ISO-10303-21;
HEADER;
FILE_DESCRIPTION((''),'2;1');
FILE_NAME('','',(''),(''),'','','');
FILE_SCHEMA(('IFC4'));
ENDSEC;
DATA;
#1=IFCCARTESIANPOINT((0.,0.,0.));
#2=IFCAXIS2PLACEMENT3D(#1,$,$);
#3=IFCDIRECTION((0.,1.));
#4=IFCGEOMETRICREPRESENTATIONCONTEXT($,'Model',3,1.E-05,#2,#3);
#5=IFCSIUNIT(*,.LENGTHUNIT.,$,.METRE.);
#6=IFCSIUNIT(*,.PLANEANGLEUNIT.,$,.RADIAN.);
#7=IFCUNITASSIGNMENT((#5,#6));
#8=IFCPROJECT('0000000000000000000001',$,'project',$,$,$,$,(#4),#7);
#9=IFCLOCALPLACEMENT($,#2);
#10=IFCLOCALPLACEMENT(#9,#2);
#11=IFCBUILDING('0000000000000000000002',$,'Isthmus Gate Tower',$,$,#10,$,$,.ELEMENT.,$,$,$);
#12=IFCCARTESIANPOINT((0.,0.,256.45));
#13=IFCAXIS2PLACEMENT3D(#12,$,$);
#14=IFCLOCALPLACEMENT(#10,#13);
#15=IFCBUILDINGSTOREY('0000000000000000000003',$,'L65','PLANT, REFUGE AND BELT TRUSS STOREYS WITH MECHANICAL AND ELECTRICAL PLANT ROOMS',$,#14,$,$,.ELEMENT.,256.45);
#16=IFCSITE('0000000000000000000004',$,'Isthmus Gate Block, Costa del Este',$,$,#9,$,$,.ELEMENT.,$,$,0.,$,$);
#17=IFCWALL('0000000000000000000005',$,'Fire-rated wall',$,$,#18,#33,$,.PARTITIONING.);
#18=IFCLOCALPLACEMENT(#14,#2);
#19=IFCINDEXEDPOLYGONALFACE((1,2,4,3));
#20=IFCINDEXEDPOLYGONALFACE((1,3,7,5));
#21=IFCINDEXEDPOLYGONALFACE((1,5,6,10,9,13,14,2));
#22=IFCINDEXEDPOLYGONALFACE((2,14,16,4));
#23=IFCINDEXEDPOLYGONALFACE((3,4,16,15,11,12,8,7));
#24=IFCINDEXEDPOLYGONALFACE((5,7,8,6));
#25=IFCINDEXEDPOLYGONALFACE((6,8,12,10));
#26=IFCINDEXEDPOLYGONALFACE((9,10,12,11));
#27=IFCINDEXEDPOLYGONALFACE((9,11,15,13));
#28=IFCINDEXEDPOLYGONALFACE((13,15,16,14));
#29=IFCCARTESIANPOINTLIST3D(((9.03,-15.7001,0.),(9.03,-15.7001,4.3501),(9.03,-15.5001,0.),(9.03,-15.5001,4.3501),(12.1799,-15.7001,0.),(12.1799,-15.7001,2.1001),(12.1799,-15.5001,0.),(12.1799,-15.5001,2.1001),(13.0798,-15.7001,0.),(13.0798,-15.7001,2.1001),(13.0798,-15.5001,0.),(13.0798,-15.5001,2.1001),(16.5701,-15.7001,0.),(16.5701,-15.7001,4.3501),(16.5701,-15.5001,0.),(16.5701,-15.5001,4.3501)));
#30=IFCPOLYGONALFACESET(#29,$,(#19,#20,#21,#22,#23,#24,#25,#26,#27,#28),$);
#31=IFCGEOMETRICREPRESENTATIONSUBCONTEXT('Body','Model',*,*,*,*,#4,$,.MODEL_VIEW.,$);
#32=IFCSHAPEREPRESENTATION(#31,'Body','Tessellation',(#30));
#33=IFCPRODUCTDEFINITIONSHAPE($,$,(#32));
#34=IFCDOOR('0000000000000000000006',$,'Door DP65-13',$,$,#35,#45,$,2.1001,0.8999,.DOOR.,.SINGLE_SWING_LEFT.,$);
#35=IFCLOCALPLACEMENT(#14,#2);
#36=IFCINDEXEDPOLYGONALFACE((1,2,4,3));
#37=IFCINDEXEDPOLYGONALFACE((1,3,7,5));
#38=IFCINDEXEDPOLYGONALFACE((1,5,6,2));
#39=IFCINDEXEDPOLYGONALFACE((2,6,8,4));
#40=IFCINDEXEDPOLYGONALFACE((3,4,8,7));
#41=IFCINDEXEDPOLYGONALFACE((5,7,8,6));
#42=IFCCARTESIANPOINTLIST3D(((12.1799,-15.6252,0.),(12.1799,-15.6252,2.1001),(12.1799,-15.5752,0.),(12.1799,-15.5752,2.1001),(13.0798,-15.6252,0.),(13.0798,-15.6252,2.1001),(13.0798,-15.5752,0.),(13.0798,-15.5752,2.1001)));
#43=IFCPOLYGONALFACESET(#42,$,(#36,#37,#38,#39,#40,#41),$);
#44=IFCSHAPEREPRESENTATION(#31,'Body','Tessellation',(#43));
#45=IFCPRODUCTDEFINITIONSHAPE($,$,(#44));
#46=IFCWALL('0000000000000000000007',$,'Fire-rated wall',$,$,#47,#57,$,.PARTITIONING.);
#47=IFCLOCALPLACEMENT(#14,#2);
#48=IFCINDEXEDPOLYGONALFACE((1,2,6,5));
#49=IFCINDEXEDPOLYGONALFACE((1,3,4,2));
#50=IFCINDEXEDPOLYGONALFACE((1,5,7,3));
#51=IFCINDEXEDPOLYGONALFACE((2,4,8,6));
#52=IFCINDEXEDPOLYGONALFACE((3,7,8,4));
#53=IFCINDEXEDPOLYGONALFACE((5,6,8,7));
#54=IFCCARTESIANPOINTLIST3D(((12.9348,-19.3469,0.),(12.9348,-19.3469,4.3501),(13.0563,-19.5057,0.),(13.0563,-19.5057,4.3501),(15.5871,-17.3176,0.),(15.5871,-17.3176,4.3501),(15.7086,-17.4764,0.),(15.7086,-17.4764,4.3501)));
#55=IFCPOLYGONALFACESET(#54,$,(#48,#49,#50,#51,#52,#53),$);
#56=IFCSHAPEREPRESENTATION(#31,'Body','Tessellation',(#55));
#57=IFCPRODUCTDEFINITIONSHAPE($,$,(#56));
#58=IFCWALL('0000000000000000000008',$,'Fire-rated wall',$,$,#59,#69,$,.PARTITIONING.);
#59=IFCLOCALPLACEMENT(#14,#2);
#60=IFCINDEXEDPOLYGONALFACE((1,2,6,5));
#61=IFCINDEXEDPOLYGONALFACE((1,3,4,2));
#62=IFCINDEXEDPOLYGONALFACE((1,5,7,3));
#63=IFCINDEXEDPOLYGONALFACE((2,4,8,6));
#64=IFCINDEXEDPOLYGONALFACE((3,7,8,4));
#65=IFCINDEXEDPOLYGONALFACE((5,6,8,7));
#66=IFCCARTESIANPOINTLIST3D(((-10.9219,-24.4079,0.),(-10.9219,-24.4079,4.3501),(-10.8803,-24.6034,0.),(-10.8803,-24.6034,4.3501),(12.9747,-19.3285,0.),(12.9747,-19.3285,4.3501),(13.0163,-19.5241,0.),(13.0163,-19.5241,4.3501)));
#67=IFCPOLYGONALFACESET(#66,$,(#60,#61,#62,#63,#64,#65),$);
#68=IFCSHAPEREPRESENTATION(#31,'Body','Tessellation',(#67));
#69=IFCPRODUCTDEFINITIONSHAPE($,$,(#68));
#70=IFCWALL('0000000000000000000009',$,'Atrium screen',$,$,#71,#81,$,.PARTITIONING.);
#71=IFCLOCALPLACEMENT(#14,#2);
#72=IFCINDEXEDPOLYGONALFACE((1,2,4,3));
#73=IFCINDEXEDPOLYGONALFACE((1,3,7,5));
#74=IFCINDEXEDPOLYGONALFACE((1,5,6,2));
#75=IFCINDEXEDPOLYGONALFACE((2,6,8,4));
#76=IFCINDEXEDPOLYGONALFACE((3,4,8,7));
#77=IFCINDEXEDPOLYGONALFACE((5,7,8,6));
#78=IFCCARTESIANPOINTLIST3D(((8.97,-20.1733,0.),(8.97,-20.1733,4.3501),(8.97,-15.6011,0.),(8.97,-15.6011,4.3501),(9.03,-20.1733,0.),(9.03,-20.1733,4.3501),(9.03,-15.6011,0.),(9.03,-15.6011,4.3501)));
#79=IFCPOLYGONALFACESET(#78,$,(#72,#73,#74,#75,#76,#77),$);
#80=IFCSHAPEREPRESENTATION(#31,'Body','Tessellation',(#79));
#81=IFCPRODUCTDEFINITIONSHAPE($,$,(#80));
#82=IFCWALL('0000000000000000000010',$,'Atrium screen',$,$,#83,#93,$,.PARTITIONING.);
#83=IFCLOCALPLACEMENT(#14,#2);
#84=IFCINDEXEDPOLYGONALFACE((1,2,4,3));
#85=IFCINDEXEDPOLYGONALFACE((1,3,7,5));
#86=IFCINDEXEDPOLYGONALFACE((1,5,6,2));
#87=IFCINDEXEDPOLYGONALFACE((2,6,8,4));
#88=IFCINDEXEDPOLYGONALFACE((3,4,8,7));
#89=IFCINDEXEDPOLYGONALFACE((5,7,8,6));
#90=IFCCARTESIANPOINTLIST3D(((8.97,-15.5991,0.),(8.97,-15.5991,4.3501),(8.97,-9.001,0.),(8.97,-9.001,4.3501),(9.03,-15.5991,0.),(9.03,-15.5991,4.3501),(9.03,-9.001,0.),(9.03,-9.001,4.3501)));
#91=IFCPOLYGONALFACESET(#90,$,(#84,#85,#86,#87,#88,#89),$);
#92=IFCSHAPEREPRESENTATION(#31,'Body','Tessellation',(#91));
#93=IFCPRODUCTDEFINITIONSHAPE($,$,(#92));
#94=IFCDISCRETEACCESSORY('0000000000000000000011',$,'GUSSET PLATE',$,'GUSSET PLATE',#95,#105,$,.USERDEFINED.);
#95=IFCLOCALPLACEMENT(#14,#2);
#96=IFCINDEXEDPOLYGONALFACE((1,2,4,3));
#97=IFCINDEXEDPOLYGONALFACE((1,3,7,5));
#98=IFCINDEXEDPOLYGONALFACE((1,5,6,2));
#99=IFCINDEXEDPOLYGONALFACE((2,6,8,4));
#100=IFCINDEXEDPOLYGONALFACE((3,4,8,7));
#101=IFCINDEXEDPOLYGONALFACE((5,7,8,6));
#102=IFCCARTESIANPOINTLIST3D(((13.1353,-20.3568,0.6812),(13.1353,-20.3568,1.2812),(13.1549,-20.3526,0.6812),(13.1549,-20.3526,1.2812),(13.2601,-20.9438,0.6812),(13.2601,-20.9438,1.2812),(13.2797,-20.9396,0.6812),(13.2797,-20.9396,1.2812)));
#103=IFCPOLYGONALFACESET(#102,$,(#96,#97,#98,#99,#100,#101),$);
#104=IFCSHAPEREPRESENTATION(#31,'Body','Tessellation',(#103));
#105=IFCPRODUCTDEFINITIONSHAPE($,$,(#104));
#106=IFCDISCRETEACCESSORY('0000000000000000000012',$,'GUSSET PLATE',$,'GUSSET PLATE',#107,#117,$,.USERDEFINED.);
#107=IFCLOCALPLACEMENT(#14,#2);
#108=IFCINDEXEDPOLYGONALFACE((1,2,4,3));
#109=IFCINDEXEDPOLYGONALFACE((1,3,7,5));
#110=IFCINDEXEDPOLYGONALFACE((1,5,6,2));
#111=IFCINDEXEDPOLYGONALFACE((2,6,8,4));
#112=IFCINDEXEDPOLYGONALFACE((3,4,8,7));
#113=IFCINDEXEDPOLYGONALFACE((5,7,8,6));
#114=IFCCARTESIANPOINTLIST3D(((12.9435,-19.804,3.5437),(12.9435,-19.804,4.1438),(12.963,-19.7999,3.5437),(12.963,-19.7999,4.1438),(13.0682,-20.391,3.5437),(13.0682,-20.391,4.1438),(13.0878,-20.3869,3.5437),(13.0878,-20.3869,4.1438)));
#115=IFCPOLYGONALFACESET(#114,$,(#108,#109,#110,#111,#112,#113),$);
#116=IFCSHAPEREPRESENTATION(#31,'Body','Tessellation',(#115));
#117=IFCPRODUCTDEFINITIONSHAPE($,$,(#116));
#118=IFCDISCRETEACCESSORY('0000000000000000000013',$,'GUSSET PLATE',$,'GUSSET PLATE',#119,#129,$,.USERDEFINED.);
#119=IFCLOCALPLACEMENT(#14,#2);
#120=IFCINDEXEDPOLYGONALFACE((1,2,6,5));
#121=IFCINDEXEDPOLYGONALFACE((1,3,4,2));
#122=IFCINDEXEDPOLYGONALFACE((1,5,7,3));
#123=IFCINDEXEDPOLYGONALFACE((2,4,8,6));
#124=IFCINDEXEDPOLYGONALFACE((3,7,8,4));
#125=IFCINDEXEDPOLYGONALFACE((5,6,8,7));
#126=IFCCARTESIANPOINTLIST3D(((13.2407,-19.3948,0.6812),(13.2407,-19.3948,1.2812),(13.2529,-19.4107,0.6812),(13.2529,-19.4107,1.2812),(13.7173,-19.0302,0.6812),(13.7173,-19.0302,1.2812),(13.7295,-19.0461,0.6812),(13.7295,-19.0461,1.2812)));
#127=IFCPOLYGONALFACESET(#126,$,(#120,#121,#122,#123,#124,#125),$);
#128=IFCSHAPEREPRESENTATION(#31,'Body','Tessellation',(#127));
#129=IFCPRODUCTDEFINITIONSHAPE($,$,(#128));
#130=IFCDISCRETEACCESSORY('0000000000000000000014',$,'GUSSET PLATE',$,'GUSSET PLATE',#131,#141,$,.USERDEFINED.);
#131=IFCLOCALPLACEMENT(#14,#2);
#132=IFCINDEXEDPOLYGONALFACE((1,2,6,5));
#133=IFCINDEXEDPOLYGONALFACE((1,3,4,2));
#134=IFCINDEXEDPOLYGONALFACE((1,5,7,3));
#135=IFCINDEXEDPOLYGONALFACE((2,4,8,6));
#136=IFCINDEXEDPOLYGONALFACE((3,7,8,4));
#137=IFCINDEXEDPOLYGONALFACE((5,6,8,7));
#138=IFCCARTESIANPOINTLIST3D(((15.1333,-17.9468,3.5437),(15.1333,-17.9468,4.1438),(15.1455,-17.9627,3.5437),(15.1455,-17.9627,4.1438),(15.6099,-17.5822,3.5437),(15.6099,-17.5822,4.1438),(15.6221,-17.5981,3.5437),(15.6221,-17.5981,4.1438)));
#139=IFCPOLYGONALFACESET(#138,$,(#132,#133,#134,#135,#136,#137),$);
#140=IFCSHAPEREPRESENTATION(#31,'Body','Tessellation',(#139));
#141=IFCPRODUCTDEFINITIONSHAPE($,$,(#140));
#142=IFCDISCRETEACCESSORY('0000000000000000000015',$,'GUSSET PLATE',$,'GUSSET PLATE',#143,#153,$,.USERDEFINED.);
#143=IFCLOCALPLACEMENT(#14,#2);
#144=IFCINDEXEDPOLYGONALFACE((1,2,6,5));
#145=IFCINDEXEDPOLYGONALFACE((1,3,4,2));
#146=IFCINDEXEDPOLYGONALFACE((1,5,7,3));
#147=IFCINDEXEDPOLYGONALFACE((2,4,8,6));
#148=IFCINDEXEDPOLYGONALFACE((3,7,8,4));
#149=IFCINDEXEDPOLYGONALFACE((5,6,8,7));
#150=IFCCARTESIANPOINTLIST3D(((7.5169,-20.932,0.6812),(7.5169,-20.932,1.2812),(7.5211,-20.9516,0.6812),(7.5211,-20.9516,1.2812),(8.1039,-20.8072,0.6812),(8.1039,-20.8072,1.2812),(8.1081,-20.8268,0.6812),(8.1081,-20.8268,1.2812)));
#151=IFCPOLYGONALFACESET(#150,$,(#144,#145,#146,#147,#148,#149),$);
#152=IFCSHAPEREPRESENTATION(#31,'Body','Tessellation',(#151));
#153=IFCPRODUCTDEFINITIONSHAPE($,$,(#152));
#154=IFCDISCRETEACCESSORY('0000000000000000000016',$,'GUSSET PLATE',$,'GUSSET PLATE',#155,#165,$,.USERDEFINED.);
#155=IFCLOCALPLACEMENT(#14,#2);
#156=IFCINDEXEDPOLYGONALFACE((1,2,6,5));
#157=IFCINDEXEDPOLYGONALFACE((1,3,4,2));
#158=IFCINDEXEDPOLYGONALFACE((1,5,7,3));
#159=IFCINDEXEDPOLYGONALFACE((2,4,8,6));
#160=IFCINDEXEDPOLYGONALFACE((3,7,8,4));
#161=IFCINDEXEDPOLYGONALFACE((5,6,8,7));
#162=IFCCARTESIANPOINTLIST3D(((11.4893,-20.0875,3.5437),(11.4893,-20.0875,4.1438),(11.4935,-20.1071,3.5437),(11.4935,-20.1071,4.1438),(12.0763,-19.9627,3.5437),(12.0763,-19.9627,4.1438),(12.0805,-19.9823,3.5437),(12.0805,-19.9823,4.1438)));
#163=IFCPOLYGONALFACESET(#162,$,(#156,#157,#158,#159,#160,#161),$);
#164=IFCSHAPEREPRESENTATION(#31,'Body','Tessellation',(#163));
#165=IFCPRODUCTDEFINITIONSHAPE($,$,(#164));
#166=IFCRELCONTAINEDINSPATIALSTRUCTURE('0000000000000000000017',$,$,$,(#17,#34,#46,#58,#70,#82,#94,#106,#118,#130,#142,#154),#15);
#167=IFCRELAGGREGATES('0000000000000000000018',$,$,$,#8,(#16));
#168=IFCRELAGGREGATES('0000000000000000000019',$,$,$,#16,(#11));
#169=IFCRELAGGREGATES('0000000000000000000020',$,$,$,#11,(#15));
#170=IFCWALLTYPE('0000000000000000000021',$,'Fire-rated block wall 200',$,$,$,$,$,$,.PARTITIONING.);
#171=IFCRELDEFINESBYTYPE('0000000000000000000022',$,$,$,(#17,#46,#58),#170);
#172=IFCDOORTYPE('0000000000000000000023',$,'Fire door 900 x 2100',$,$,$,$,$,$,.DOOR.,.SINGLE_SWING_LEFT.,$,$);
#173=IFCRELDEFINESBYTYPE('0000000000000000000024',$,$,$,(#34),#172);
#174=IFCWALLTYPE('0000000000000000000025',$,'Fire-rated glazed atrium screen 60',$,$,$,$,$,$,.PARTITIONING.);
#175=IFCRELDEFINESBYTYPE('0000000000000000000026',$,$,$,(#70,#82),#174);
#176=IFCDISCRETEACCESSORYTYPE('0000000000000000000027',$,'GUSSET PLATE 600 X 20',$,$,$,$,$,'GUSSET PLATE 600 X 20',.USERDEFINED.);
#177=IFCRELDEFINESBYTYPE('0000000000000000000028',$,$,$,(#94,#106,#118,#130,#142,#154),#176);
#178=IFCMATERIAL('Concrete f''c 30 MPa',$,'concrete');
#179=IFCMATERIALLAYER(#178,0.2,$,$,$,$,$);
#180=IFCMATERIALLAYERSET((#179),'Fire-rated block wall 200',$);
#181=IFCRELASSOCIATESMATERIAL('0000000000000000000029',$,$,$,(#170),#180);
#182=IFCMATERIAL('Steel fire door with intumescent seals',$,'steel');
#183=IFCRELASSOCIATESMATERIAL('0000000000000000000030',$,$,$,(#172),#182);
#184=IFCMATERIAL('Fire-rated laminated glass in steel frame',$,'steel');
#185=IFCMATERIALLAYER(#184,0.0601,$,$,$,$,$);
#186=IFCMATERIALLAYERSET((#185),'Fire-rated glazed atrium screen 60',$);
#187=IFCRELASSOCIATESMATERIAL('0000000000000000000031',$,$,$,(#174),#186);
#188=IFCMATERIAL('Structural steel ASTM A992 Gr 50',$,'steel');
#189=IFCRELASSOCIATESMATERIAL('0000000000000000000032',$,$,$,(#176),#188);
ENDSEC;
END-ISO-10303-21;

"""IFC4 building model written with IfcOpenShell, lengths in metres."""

from ifc_helpers import new_model, si_unit, direction, frame, frame_2d, origin, origin_2d, place, context, subcontext, project, spatial, rectangle, extrude, material, layer, layer_set, type_object, element, fill, save


model = new_model("IFC4")

# Units and contexts
model_context = context("Model", 3, precision=1e-05, world=origin(), true_north=direction((0.0, 1.0)))
body_context = subcontext(model_context, "Body", "Model", "MODEL_VIEW")
ifc_project = project(units=[si_unit("LENGTHUNIT", "METRE"), si_unit("PLANEANGLEUNIT", "RADIAN")], contexts=[model_context])

# Site, building, storey
site_placement = place(None, origin())
site = spatial("IfcSite", under=ifc_project, at=site_placement, Name="Isthmus Gate Block, Costa del Este", CompositionType="ELEMENT", RefElevation=0.0)
building_placement = place(site_placement, origin())
building = spatial("IfcBuilding", under=site, at=building_placement, Name="Isthmus Gate Tower", CompositionType="ELEMENT")
storey_placement = place(building_placement, frame((0.0, 0.0, 256.45)))
storey = spatial("IfcBuildingStorey", under=building, at=storey_placement, Name="L65", Description="PLANT, REFUGE AND BELT TRUSS STOREYS WITH MECHANICAL AND ELECTRICAL PLANT ROOMS", CompositionType="ELEMENT", Elevation=256.45)

# Wall, opening, door
ifc_material_1 = material(Name="Concrete f'c 30 MPa", Category="concrete")
ifc_layer_1 = layer(ifc_material_1, 0.2)
ifc_layer_set_1 = layer_set([ifc_layer_1], Name="Fire-rated block wall 200")
wall_type_1 = type_object("IfcWallType", Name="Fire-rated block wall 200", PredefinedType="PARTITIONING", material=ifc_layer_set_1)
wall_1_placement = place(storey_placement, frame((9.03, -15.6001, 0.0), z_axis=(0.0, 0.0, 1.0), x_axis=(1.0, 0.0, 0.0)))
wall_1 = element("IfcWall", 1, at=wall_1_placement, inside=storey, type_object=wall_type_1, Name="Fire-rated wall", PredefinedType="PARTITIONING", context=body_context, shape_type="SweptSolid", body=[
    extrude(rectangle(XDim=7.54, YDim=0.2, at=frame_2d((3.77, 0.0))), origin(), (0.0, 0.0, 1.0), 4.3501),
])
opening_placement = place(wall_1_placement, frame((3.1499, 0.0, 0.0)))
opening = element("IfcOpeningElement", 2, at=opening_placement, cuts=wall_1, PredefinedType="OPENING", context=body_context, shape_type="SweptSolid", body=[
    extrude(rectangle(XDim=0.8999, YDim=2.1001, at=frame_2d((0.45, 1.05))), frame((0.0, 0.1099, 0.0), z_axis=(0.0, -1.0, 0.0), x_axis=(1.0, 0.0, 0.0)), (0.0, 0.0, 1.0), 0.22),
])
ifc_material_2 = material(Name="Steel fire door with intumescent seals", Category="steel")
door_type = type_object("IfcDoorType", Name="Fire door 900 x 2100", OperationType="SINGLE_SWING_LEFT", PredefinedType="DOOR", material=ifc_material_2)
door_placement = place(opening_placement, origin())
door = element("IfcDoor", 3, at=door_placement, inside=storey, type_object=door_type, Name="Door DP65-13", OperationType="SINGLE_SWING_LEFT", OverallHeight=2.1001, OverallWidth=0.8999, PredefinedType="DOOR", context=body_context, shape_type="SweptSolid", body=[
    extrude(rectangle(XDim=0.8999, YDim=2.1001, at=frame_2d((0.45, 1.05))), frame((0.0, 0.0249, 0.0), z_axis=(0.0, -1.0, 0.0), x_axis=(1.0, 0.0, 0.0)), (0.0, 0.0, 1.0), 0.05),
])
fill(opening, door)

# Walls
wall_2_placement = place(storey_placement, frame((15.6479, -17.397, 0.0), z_axis=(0.0, 0.0, 1.0), x_axis=(-0.794208, -0.607645, 0.0)))
element("IfcWall", 4, at=wall_2_placement, inside=storey, type_object=wall_type_1, Name="Fire-rated wall", PredefinedType="PARTITIONING", context=body_context, shape_type="SweptSolid", body=[
    extrude(rectangle(XDim=3.3396, YDim=0.2, at=frame_2d((1.6699, 0.0))), origin(), (0.0, 0.0, 1.0), 4.3501),
])
wall_3_placement = place(storey_placement, frame((12.9956, -19.4263, 0.0), z_axis=(0.0, 0.0, 1.0), x_axis=(-0.978148, -0.207911, 0.0)))
element("IfcWall", 5, at=wall_3_placement, inside=storey, type_object=wall_type_1, Name="Fire-rated wall", PredefinedType="PARTITIONING", context=body_context, shape_type="SweptSolid", body=[
    extrude(rectangle(XDim=24.4304, YDim=0.2, at=frame_2d((12.2153, 0.0))), origin(), (0.0, 0.0, 1.0), 4.3501),
])
ifc_material_3 = material(Name="Fire-rated laminated glass in steel frame", Category="steel")
ifc_layer_2 = layer(ifc_material_3, 0.0601)
ifc_layer_set_2 = layer_set([ifc_layer_2], Name="Fire-rated glazed atrium screen 60")
wall_type_2 = type_object("IfcWallType", Name="Fire-rated glazed atrium screen 60", PredefinedType="PARTITIONING", material=ifc_layer_set_2)
wall_4_placement = place(storey_placement, frame((9.0, -20.1733, 0.0), z_axis=(0.0, 0.0, 1.0), x_axis=(0.0, 1.0, 0.0)))
element("IfcWall", 6, at=wall_4_placement, inside=storey, type_object=wall_type_2, Name="Atrium screen", PredefinedType="PARTITIONING", context=body_context, shape_type="SweptSolid", body=[
    extrude(rectangle(XDim=4.5723, YDim=0.0601, at=frame_2d((2.2861, 0.0))), origin(), (0.0, 0.0, 1.0), 4.3501),
])
wall_5_placement = place(storey_placement, frame((9.0, -15.5991, 0.0), z_axis=(0.0, 0.0, 1.0), x_axis=(0.0, 1.0, 0.0)))
element("IfcWall", 7, at=wall_5_placement, inside=storey, type_object=wall_type_2, Name="Atrium screen", PredefinedType="PARTITIONING", context=body_context, shape_type="SweptSolid", body=[
    extrude(rectangle(XDim=6.5981, YDim=0.0601, at=frame_2d((3.2991, 0.0))), origin(), (0.0, 0.0, 1.0), 4.3501),
])

# Discrete accessories
ifc_material_4 = material(Name="Structural steel ASTM A992 Gr 50", Category="steel")
discrete_accessory_type = type_object("IfcDiscreteAccessoryType", Name="GUSSET PLATE 600 X 20", ElementType="GUSSET PLATE 600 X 20", PredefinedType="USERDEFINED", material=ifc_material_4)
for number, where, z_axis, x_axis, name in (
    (8, (13.2075, -20.6482, 0.6812), (0.0, 0.0, 1.0), (-0.207912, 0.978148, 0.0), "GUSSET PLATE"),
    (9, (13.0156, -20.0955, 3.5437), (0.0, 0.0, 1.0), (-0.207912, 0.978148, 0.0), "GUSSET PLATE"),
    (10, (13.4851, -19.2205, 0.6812), (0.0, 0.0, 1.0), (0.794189, 0.607671, 0.0), "GUSSET PLATE"),
    (11, (15.3777, -17.7725, 3.5437), (0.0, 0.0, 1.0), (0.794189, 0.607671, 0.0), "GUSSET PLATE"),
    (12, (7.8125, -20.8794, 0.6812), (0.0, 0.0, 1.0), (0.978148, 0.207912, 0.0), "GUSSET PLATE"),
    (13, (11.7849, -20.0349, 3.5437), (0.0, 0.0, 1.0), (0.978148, 0.207912, 0.0), "GUSSET PLATE"),
):
    element("IfcDiscreteAccessory", number, at=place(storey_placement, frame(where, z_axis=z_axis, x_axis=x_axis)), inside=storey, type_object=discrete_accessory_type, Name=name, ObjectType="GUSSET PLATE", PredefinedType="USERDEFINED", context=body_context, shape_type="SweptSolid", body=[
        extrude(rectangle(XDim=0.6001, YDim=0.02, at=origin_2d()), origin(), (0.0, 0.0, 1.0), 0.6001),
    ])

save(model, "model.ifc")
